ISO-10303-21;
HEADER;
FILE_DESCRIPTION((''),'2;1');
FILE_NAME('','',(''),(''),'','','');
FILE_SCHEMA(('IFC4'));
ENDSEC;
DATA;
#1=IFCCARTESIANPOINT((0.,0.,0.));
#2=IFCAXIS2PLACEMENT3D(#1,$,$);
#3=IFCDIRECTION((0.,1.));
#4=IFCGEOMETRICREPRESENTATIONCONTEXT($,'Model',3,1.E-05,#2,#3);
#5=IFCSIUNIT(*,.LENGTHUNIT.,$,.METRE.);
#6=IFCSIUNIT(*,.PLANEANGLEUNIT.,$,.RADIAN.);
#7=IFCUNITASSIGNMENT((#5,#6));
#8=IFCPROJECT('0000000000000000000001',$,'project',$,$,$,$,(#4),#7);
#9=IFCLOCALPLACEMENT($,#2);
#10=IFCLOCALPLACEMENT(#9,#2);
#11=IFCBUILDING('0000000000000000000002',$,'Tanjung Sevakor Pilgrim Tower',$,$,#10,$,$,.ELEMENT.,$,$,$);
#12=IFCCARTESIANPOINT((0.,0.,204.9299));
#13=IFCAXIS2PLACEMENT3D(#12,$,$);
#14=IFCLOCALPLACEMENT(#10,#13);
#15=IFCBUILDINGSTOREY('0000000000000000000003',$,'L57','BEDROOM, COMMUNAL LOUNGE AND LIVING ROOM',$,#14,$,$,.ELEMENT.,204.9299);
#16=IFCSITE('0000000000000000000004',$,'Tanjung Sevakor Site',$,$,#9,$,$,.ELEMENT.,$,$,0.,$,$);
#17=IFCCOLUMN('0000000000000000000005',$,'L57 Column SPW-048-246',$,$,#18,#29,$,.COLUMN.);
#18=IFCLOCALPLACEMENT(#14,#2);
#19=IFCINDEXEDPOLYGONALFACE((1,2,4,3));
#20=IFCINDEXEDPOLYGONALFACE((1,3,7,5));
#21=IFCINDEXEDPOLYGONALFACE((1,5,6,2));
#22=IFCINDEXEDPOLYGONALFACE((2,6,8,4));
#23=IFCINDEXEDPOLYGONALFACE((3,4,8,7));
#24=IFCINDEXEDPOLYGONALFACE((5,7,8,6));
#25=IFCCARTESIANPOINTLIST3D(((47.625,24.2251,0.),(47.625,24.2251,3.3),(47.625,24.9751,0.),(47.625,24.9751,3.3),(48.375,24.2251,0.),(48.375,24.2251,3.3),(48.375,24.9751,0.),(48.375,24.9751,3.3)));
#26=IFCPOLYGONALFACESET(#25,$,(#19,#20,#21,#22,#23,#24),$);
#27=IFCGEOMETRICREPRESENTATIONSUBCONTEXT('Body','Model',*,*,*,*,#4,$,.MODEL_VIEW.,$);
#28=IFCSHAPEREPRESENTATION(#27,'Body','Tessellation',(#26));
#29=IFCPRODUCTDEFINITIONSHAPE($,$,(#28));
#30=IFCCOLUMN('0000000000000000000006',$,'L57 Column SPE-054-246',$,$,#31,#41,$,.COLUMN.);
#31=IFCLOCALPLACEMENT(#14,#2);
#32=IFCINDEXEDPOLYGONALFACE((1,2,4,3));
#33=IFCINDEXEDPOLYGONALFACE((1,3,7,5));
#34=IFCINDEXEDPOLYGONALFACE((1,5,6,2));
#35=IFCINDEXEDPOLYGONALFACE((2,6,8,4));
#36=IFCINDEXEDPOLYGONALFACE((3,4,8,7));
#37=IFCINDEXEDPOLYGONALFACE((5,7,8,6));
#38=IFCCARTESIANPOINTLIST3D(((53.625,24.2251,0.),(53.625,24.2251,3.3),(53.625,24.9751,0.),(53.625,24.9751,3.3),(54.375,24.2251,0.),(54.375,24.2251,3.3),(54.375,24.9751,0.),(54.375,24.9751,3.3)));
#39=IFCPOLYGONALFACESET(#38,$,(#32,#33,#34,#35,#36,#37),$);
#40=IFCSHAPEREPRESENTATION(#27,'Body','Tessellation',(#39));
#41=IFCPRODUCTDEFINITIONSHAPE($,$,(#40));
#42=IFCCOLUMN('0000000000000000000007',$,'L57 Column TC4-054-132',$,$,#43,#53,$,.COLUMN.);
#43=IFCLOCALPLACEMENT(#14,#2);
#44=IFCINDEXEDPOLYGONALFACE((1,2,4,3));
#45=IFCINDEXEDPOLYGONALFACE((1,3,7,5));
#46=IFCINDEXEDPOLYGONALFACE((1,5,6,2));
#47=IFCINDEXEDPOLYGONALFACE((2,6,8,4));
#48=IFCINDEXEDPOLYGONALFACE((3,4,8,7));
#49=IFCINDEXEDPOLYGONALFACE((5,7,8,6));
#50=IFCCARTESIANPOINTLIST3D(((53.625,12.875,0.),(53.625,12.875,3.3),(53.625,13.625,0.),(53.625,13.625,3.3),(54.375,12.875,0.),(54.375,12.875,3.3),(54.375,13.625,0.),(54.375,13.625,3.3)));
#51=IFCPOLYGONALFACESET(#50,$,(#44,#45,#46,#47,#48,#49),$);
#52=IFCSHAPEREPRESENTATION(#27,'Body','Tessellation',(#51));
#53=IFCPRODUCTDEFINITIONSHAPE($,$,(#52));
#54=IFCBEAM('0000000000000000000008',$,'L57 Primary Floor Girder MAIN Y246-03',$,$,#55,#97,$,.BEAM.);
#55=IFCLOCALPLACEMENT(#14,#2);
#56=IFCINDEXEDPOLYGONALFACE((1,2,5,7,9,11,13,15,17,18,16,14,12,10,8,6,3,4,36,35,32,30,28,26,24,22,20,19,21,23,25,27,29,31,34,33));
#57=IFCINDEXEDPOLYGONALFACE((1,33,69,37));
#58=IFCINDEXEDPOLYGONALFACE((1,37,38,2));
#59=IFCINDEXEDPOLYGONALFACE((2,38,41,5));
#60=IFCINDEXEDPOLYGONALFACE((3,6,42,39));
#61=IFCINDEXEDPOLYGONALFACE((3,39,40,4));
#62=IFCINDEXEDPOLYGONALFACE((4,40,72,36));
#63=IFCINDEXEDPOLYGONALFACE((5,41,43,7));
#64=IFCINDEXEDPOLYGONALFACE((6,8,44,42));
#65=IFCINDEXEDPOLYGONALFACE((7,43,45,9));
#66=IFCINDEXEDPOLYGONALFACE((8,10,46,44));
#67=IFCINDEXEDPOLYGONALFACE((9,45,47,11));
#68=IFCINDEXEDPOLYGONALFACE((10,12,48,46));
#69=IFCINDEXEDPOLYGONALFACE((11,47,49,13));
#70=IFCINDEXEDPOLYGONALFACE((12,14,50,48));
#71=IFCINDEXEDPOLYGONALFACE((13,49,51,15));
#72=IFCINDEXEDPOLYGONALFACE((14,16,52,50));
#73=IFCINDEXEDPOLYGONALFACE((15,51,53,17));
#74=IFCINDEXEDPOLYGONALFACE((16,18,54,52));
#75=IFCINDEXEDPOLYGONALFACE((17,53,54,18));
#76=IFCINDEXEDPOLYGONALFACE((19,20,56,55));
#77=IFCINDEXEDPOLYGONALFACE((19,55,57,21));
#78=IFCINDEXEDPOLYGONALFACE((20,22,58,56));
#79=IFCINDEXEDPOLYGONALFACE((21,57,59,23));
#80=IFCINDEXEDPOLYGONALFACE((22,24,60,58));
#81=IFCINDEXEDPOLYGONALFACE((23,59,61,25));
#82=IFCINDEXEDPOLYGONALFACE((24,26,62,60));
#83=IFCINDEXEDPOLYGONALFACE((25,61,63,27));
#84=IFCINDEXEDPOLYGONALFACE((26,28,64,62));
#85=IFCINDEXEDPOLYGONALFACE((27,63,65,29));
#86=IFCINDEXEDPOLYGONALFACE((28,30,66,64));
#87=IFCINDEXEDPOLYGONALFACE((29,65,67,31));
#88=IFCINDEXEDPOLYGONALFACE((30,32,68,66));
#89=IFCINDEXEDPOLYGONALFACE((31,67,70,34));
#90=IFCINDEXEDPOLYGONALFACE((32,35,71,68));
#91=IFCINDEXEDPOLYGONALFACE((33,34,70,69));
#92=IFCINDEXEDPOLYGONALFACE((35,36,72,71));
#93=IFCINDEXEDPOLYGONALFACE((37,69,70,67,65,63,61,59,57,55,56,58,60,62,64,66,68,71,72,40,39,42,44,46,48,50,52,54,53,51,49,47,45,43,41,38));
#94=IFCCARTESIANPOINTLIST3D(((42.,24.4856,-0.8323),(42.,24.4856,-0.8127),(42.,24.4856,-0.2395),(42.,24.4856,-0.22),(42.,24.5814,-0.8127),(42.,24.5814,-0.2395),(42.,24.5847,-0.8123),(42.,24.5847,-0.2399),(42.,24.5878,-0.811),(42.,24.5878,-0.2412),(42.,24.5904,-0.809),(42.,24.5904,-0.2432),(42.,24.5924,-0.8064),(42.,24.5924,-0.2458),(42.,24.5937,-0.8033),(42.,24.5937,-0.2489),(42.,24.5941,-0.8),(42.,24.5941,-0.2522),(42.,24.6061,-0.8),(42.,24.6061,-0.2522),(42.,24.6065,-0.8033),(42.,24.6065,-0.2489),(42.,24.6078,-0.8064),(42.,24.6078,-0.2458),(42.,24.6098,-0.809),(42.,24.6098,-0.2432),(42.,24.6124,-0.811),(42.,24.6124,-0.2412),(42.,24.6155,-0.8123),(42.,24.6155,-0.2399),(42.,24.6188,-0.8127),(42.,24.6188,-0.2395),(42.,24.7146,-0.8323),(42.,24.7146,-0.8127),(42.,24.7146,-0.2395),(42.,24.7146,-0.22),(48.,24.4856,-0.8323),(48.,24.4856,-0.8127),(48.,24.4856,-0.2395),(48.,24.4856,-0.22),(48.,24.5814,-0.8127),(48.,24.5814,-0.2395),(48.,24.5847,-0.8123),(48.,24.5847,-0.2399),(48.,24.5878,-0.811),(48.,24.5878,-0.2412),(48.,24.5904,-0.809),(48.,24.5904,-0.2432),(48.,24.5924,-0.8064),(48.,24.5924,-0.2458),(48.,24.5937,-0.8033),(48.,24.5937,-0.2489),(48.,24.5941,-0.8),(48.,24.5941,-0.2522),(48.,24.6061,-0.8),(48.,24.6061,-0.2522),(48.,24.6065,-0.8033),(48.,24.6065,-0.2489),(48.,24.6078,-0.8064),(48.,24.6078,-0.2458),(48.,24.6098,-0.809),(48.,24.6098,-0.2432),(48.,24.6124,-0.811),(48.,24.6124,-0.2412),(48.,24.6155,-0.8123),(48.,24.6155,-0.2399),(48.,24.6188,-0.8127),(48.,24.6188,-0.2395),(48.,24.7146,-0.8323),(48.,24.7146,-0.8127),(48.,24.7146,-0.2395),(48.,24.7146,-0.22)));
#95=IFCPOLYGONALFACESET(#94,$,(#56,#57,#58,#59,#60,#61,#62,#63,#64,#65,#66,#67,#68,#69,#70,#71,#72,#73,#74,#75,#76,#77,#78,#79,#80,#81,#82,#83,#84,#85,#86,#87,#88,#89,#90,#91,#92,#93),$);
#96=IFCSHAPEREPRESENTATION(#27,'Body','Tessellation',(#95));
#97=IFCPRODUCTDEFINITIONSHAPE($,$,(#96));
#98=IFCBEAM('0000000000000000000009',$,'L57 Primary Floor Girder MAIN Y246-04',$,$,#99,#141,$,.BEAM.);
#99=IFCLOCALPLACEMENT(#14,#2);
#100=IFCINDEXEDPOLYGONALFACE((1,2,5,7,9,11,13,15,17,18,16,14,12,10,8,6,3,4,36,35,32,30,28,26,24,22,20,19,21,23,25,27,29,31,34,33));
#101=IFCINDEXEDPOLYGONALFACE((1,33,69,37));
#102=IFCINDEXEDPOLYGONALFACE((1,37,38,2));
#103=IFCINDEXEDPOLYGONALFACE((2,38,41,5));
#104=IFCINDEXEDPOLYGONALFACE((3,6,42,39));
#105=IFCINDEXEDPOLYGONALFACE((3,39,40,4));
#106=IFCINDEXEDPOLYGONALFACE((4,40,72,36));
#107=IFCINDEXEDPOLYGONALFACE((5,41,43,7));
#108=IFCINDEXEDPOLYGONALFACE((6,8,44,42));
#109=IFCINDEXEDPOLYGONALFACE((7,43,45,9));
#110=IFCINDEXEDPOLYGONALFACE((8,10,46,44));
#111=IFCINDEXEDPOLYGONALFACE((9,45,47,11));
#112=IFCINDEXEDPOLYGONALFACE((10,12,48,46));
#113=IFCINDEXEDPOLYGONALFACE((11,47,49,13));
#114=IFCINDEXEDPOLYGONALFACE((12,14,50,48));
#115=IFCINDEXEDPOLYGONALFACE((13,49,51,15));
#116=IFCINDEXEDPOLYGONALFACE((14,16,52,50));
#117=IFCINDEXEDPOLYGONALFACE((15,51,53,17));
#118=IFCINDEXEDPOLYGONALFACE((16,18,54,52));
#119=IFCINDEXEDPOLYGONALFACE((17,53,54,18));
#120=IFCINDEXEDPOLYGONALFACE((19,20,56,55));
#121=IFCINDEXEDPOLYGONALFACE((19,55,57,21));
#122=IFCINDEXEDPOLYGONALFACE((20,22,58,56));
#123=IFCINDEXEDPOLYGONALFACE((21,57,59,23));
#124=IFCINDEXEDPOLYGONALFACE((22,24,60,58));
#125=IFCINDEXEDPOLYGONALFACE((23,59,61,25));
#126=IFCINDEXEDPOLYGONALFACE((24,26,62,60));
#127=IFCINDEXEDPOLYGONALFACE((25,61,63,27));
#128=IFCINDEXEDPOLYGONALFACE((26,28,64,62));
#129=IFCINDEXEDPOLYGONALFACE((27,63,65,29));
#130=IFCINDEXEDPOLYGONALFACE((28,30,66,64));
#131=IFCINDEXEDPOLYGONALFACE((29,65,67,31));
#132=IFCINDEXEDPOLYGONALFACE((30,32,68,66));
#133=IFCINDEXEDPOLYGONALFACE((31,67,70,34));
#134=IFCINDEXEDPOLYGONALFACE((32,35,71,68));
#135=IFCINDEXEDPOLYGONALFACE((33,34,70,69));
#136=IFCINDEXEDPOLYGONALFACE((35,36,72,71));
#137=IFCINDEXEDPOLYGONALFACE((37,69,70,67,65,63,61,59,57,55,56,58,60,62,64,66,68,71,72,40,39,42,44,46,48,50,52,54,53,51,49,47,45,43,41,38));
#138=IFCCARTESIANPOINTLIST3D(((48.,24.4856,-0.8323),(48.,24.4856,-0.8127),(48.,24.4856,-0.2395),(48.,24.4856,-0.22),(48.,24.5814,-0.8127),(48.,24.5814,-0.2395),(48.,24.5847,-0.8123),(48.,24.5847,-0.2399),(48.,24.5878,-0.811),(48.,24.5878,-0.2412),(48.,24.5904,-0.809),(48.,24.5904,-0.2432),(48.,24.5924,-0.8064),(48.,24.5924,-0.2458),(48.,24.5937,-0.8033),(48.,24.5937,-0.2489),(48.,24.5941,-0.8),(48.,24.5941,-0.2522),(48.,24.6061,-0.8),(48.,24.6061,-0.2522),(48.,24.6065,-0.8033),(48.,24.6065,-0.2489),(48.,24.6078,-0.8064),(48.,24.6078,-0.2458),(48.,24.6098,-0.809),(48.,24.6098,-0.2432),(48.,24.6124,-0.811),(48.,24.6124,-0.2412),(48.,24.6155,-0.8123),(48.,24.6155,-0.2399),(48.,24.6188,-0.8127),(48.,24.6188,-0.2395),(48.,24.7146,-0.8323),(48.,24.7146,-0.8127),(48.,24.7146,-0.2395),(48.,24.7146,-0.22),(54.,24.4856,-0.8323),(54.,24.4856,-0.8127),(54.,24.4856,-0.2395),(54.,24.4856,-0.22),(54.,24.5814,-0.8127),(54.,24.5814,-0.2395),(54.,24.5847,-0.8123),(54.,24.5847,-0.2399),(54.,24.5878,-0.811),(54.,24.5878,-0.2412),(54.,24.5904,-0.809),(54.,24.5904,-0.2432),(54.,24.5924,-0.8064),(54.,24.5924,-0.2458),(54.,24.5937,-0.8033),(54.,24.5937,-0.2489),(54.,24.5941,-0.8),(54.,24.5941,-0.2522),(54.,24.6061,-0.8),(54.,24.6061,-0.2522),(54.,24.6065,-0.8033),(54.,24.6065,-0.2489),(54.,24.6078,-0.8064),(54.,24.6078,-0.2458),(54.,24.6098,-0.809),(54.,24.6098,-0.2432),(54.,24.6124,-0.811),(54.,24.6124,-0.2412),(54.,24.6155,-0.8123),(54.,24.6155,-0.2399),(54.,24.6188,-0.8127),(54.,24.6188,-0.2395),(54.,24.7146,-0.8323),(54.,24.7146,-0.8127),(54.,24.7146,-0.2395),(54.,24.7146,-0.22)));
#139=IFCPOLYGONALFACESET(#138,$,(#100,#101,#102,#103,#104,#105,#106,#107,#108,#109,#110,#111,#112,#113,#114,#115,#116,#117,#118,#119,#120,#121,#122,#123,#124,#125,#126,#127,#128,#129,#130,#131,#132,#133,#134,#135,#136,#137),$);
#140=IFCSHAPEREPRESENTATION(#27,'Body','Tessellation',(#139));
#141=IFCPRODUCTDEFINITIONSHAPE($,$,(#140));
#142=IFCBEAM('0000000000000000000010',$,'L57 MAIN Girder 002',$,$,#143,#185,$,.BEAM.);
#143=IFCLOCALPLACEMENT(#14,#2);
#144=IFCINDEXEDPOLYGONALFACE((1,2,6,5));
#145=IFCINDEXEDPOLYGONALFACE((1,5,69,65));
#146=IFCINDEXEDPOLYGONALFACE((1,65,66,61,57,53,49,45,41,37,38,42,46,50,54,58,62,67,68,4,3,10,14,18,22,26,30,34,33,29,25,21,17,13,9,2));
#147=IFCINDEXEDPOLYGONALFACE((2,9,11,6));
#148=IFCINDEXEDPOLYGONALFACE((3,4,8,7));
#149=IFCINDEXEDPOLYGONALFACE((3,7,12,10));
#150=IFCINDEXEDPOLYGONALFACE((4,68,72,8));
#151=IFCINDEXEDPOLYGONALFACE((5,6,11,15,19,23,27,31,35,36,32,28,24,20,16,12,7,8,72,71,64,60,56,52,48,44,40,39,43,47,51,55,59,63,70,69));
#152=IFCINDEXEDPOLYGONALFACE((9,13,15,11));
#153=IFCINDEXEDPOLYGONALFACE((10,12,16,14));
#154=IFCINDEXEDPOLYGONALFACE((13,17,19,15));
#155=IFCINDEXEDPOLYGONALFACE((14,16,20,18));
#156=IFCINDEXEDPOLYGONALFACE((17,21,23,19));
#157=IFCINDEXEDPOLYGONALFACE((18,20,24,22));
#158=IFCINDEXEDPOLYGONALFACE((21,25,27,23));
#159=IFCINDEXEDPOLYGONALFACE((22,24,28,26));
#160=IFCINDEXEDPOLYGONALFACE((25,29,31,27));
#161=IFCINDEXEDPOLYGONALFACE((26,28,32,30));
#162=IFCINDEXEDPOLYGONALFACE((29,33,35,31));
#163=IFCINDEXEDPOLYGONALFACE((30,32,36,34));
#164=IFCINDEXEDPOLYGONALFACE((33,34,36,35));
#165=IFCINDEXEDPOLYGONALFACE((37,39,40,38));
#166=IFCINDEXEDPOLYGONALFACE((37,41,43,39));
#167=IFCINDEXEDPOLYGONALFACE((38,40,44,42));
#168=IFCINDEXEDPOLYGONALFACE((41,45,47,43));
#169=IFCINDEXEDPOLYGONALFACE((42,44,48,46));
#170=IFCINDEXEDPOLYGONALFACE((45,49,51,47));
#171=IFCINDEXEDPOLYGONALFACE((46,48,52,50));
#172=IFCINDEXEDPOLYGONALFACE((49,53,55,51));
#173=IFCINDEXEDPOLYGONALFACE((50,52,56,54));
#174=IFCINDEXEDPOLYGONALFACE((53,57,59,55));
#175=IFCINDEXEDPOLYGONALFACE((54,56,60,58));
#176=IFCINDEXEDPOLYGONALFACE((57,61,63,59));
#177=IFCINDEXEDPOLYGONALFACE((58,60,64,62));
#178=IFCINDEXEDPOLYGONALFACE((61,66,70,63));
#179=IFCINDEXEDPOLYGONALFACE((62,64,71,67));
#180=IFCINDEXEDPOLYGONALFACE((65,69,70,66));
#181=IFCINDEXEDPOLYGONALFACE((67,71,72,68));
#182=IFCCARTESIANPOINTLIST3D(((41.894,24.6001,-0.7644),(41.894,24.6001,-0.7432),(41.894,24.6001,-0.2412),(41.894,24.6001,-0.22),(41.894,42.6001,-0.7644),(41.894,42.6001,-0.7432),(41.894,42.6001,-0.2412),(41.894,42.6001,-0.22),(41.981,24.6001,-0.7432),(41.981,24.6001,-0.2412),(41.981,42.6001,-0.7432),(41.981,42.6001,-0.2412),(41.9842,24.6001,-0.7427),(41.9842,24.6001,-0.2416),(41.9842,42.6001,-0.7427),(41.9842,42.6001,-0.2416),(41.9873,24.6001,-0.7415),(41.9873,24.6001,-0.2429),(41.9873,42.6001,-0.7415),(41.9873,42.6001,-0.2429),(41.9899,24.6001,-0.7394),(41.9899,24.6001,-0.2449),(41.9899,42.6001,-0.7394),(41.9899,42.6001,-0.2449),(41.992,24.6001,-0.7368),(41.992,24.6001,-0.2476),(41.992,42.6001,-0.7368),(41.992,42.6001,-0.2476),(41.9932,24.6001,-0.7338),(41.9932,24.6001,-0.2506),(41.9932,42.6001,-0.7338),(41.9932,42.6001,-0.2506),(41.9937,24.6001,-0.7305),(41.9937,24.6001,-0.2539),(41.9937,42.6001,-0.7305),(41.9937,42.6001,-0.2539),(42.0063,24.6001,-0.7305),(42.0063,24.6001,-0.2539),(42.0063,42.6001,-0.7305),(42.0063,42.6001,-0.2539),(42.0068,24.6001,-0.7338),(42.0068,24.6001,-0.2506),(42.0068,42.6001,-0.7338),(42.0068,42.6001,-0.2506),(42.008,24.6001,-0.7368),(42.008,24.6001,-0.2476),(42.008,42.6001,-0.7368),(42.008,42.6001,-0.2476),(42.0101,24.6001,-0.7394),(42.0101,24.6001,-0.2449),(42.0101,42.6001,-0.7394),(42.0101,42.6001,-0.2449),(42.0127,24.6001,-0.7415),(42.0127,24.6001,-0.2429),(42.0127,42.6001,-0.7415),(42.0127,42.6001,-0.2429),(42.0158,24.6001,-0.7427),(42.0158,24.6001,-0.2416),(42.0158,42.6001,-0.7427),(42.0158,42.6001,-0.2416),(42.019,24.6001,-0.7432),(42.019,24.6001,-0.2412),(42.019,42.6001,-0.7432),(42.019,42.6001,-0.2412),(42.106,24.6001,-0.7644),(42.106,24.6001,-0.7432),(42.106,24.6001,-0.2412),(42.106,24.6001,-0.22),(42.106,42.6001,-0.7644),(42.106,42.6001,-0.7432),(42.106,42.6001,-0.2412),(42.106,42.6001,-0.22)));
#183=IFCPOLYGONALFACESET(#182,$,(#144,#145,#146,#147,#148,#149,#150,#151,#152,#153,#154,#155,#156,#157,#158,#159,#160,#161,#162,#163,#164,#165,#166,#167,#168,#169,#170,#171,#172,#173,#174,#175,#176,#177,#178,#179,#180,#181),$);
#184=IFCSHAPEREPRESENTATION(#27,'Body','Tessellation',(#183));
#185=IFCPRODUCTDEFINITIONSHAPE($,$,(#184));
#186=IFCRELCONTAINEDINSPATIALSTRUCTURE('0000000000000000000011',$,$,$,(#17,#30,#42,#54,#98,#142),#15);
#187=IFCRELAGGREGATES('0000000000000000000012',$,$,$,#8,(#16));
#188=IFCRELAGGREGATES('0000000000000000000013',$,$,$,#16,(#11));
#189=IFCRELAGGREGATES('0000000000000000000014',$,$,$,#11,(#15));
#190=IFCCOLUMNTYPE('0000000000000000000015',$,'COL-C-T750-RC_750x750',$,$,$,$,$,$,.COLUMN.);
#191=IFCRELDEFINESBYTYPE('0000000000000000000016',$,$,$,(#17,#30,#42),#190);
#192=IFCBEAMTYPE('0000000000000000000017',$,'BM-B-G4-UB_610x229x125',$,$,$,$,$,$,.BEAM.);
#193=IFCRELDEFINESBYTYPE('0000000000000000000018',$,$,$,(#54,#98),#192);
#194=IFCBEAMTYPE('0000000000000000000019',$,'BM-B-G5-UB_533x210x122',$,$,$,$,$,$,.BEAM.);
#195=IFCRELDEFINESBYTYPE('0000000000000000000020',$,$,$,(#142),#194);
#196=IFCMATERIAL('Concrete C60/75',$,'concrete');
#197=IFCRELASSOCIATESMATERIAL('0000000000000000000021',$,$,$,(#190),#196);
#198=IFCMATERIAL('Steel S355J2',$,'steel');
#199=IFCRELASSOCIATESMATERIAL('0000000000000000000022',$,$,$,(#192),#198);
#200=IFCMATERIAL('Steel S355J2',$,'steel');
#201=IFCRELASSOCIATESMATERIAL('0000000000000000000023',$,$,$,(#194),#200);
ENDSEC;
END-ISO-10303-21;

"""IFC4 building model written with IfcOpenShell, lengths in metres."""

from ifc_helpers import new_model, si_unit, direction, frame, origin, origin_2d, place, context, subcontext, project, spatial, rectangle, i_section, extrude, material, material_profile, profile_set, type_object, element, save


model = new_model("IFC4")

# Units and contexts
model_context = context("Model", 3, precision=1e-05, world=origin(), true_north=direction((0.0, 1.0)))
body_context = subcontext(model_context, "Body", "Model", "MODEL_VIEW")
ifc_project = project(units=[si_unit("LENGTHUNIT", "METRE"), si_unit("PLANEANGLEUNIT", "RADIAN")], contexts=[model_context])

# Site, building, storey
site_placement = place(None, origin())
site = spatial("IfcSite", under=ifc_project, at=site_placement, Name="Tanjung Sevakor Site", CompositionType="ELEMENT", RefElevation=0.0)
building_placement = place(site_placement, origin())
building = spatial("IfcBuilding", under=site, at=building_placement, Name="Tanjung Sevakor Pilgrim Tower", CompositionType="ELEMENT")
storey_placement = place(building_placement, frame((0.0, 0.0, 204.9299)))
storey = spatial("IfcBuildingStorey", under=building, at=storey_placement, Name="L57", Description="BEDROOM, COMMUNAL LOUNGE AND LIVING ROOM", CompositionType="ELEMENT", Elevation=204.9299)

# Columns
ifc_material_1 = material(Name="Concrete C60/75", Category="concrete")
ifc_material_profile_1 = material_profile(ifc_material_1, rectangle(XDim=0.75, YDim=0.75, at=origin_2d()))
ifc_profile_set_1 = profile_set([ifc_material_profile_1], Name="Concrete C60/75")
column_type = type_object("IfcColumnType", Name="COL-C-T750-RC_750x750", PredefinedType="COLUMN", material=ifc_profile_set_1)
for number, where, z_axis, x_axis, name in (
    (1, (48.0, 24.6001, 0.0), (0.0, 0.0, 1.0), (1.0, 0.0, 0.0), "L57 Column SPW-048-246"),
    (2, (54.0, 24.6001, 0.0), (0.0, 0.0, 1.0), (1.0, 0.0, 0.0), "L57 Column SPE-054-246"),
    (3, (54.0, 13.25, 0.0), (0.0, 0.0, 1.0), (1.0, 0.0, 0.0), "L57 Column TC4-054-132"),
):
    element("IfcColumn", number, at=place(storey_placement, frame(where, z_axis=z_axis, x_axis=x_axis)), inside=storey, type_object=column_type, Name=name, PredefinedType="COLUMN", context=body_context, shape_type="SweptSolid", body=[
        extrude(rectangle(XDim=0.75, YDim=0.75, at=origin_2d()), origin(), (0.0, 0.0, 1.0), 3.3),
    ])

# Beams
ifc_material_2 = material(Name="Steel S355J2", Category="steel")
ifc_material_profile_2 = material_profile(ifc_material_2, i_section(OverallWidth=0.229, OverallDepth=0.6123, WebThickness=0.012, FlangeThickness=0.0195, FilletRadius=0.0127, at=origin_2d()))
ifc_profile_set_2 = profile_set([ifc_material_profile_2], Name="Steel S355J2")
beam_type_1 = type_object("IfcBeamType", Name="BM-B-G4-UB_610x229x125", PredefinedType="BEAM", material=ifc_profile_set_2)
for number, where, z_axis, x_axis, name in (
    (4, (42.0, 24.6001, -0.5261), (1.0, 0.0, 0.0), (0.0, 1.0, 0.0), "L57 Primary Floor Girder MAIN Y246-03"),
    (5, (48.0, 24.6001, -0.5261), (1.0, 0.0, 0.0), (0.0, 1.0, 0.0), "L57 Primary Floor Girder MAIN Y246-04"),
):
    element("IfcBeam", number, at=place(storey_placement, frame(where, z_axis=z_axis, x_axis=x_axis)), inside=storey, type_object=beam_type_1, Name=name, PredefinedType="BEAM", context=body_context, shape_type="SweptSolid", body=[
        extrude(i_section(OverallWidth=0.229, OverallDepth=0.6123, WebThickness=0.012, FlangeThickness=0.0195, FilletRadius=0.0127, at=origin_2d()), origin(), (0.0, 0.0, 1.0), 6.0),
    ])
ifc_material_3 = material(Name="Steel S355J2", Category="steel")
ifc_material_profile_3 = material_profile(ifc_material_3, i_section(OverallWidth=0.2119, OverallDepth=0.5444, WebThickness=0.0127, FlangeThickness=0.0212, FilletRadius=0.0127, at=origin_2d()))
ifc_profile_set_3 = profile_set([ifc_material_profile_3], Name="Steel S355J2")
beam_type_2 = type_object("IfcBeamType", Name="BM-B-G5-UB_533x210x122", PredefinedType="BEAM", material=ifc_profile_set_3)
beam_placement = place(storey_placement, frame((42.0, 24.6001, -0.4922), z_axis=(0.0, 1.0, 0.0), x_axis=(-1.0, 0.0, 0.0)))
element("IfcBeam", 6, at=beam_placement, inside=storey, type_object=beam_type_2, Name="L57 MAIN Girder 002", PredefinedType="BEAM", context=body_context, shape_type="SweptSolid", body=[
    extrude(i_section(OverallWidth=0.2119, OverallDepth=0.5444, WebThickness=0.0127, FlangeThickness=0.0212, FilletRadius=0.0127, at=origin_2d()), origin(), (0.0, 0.0, 1.0), 18.0),
])

save(model, "model.ifc")
